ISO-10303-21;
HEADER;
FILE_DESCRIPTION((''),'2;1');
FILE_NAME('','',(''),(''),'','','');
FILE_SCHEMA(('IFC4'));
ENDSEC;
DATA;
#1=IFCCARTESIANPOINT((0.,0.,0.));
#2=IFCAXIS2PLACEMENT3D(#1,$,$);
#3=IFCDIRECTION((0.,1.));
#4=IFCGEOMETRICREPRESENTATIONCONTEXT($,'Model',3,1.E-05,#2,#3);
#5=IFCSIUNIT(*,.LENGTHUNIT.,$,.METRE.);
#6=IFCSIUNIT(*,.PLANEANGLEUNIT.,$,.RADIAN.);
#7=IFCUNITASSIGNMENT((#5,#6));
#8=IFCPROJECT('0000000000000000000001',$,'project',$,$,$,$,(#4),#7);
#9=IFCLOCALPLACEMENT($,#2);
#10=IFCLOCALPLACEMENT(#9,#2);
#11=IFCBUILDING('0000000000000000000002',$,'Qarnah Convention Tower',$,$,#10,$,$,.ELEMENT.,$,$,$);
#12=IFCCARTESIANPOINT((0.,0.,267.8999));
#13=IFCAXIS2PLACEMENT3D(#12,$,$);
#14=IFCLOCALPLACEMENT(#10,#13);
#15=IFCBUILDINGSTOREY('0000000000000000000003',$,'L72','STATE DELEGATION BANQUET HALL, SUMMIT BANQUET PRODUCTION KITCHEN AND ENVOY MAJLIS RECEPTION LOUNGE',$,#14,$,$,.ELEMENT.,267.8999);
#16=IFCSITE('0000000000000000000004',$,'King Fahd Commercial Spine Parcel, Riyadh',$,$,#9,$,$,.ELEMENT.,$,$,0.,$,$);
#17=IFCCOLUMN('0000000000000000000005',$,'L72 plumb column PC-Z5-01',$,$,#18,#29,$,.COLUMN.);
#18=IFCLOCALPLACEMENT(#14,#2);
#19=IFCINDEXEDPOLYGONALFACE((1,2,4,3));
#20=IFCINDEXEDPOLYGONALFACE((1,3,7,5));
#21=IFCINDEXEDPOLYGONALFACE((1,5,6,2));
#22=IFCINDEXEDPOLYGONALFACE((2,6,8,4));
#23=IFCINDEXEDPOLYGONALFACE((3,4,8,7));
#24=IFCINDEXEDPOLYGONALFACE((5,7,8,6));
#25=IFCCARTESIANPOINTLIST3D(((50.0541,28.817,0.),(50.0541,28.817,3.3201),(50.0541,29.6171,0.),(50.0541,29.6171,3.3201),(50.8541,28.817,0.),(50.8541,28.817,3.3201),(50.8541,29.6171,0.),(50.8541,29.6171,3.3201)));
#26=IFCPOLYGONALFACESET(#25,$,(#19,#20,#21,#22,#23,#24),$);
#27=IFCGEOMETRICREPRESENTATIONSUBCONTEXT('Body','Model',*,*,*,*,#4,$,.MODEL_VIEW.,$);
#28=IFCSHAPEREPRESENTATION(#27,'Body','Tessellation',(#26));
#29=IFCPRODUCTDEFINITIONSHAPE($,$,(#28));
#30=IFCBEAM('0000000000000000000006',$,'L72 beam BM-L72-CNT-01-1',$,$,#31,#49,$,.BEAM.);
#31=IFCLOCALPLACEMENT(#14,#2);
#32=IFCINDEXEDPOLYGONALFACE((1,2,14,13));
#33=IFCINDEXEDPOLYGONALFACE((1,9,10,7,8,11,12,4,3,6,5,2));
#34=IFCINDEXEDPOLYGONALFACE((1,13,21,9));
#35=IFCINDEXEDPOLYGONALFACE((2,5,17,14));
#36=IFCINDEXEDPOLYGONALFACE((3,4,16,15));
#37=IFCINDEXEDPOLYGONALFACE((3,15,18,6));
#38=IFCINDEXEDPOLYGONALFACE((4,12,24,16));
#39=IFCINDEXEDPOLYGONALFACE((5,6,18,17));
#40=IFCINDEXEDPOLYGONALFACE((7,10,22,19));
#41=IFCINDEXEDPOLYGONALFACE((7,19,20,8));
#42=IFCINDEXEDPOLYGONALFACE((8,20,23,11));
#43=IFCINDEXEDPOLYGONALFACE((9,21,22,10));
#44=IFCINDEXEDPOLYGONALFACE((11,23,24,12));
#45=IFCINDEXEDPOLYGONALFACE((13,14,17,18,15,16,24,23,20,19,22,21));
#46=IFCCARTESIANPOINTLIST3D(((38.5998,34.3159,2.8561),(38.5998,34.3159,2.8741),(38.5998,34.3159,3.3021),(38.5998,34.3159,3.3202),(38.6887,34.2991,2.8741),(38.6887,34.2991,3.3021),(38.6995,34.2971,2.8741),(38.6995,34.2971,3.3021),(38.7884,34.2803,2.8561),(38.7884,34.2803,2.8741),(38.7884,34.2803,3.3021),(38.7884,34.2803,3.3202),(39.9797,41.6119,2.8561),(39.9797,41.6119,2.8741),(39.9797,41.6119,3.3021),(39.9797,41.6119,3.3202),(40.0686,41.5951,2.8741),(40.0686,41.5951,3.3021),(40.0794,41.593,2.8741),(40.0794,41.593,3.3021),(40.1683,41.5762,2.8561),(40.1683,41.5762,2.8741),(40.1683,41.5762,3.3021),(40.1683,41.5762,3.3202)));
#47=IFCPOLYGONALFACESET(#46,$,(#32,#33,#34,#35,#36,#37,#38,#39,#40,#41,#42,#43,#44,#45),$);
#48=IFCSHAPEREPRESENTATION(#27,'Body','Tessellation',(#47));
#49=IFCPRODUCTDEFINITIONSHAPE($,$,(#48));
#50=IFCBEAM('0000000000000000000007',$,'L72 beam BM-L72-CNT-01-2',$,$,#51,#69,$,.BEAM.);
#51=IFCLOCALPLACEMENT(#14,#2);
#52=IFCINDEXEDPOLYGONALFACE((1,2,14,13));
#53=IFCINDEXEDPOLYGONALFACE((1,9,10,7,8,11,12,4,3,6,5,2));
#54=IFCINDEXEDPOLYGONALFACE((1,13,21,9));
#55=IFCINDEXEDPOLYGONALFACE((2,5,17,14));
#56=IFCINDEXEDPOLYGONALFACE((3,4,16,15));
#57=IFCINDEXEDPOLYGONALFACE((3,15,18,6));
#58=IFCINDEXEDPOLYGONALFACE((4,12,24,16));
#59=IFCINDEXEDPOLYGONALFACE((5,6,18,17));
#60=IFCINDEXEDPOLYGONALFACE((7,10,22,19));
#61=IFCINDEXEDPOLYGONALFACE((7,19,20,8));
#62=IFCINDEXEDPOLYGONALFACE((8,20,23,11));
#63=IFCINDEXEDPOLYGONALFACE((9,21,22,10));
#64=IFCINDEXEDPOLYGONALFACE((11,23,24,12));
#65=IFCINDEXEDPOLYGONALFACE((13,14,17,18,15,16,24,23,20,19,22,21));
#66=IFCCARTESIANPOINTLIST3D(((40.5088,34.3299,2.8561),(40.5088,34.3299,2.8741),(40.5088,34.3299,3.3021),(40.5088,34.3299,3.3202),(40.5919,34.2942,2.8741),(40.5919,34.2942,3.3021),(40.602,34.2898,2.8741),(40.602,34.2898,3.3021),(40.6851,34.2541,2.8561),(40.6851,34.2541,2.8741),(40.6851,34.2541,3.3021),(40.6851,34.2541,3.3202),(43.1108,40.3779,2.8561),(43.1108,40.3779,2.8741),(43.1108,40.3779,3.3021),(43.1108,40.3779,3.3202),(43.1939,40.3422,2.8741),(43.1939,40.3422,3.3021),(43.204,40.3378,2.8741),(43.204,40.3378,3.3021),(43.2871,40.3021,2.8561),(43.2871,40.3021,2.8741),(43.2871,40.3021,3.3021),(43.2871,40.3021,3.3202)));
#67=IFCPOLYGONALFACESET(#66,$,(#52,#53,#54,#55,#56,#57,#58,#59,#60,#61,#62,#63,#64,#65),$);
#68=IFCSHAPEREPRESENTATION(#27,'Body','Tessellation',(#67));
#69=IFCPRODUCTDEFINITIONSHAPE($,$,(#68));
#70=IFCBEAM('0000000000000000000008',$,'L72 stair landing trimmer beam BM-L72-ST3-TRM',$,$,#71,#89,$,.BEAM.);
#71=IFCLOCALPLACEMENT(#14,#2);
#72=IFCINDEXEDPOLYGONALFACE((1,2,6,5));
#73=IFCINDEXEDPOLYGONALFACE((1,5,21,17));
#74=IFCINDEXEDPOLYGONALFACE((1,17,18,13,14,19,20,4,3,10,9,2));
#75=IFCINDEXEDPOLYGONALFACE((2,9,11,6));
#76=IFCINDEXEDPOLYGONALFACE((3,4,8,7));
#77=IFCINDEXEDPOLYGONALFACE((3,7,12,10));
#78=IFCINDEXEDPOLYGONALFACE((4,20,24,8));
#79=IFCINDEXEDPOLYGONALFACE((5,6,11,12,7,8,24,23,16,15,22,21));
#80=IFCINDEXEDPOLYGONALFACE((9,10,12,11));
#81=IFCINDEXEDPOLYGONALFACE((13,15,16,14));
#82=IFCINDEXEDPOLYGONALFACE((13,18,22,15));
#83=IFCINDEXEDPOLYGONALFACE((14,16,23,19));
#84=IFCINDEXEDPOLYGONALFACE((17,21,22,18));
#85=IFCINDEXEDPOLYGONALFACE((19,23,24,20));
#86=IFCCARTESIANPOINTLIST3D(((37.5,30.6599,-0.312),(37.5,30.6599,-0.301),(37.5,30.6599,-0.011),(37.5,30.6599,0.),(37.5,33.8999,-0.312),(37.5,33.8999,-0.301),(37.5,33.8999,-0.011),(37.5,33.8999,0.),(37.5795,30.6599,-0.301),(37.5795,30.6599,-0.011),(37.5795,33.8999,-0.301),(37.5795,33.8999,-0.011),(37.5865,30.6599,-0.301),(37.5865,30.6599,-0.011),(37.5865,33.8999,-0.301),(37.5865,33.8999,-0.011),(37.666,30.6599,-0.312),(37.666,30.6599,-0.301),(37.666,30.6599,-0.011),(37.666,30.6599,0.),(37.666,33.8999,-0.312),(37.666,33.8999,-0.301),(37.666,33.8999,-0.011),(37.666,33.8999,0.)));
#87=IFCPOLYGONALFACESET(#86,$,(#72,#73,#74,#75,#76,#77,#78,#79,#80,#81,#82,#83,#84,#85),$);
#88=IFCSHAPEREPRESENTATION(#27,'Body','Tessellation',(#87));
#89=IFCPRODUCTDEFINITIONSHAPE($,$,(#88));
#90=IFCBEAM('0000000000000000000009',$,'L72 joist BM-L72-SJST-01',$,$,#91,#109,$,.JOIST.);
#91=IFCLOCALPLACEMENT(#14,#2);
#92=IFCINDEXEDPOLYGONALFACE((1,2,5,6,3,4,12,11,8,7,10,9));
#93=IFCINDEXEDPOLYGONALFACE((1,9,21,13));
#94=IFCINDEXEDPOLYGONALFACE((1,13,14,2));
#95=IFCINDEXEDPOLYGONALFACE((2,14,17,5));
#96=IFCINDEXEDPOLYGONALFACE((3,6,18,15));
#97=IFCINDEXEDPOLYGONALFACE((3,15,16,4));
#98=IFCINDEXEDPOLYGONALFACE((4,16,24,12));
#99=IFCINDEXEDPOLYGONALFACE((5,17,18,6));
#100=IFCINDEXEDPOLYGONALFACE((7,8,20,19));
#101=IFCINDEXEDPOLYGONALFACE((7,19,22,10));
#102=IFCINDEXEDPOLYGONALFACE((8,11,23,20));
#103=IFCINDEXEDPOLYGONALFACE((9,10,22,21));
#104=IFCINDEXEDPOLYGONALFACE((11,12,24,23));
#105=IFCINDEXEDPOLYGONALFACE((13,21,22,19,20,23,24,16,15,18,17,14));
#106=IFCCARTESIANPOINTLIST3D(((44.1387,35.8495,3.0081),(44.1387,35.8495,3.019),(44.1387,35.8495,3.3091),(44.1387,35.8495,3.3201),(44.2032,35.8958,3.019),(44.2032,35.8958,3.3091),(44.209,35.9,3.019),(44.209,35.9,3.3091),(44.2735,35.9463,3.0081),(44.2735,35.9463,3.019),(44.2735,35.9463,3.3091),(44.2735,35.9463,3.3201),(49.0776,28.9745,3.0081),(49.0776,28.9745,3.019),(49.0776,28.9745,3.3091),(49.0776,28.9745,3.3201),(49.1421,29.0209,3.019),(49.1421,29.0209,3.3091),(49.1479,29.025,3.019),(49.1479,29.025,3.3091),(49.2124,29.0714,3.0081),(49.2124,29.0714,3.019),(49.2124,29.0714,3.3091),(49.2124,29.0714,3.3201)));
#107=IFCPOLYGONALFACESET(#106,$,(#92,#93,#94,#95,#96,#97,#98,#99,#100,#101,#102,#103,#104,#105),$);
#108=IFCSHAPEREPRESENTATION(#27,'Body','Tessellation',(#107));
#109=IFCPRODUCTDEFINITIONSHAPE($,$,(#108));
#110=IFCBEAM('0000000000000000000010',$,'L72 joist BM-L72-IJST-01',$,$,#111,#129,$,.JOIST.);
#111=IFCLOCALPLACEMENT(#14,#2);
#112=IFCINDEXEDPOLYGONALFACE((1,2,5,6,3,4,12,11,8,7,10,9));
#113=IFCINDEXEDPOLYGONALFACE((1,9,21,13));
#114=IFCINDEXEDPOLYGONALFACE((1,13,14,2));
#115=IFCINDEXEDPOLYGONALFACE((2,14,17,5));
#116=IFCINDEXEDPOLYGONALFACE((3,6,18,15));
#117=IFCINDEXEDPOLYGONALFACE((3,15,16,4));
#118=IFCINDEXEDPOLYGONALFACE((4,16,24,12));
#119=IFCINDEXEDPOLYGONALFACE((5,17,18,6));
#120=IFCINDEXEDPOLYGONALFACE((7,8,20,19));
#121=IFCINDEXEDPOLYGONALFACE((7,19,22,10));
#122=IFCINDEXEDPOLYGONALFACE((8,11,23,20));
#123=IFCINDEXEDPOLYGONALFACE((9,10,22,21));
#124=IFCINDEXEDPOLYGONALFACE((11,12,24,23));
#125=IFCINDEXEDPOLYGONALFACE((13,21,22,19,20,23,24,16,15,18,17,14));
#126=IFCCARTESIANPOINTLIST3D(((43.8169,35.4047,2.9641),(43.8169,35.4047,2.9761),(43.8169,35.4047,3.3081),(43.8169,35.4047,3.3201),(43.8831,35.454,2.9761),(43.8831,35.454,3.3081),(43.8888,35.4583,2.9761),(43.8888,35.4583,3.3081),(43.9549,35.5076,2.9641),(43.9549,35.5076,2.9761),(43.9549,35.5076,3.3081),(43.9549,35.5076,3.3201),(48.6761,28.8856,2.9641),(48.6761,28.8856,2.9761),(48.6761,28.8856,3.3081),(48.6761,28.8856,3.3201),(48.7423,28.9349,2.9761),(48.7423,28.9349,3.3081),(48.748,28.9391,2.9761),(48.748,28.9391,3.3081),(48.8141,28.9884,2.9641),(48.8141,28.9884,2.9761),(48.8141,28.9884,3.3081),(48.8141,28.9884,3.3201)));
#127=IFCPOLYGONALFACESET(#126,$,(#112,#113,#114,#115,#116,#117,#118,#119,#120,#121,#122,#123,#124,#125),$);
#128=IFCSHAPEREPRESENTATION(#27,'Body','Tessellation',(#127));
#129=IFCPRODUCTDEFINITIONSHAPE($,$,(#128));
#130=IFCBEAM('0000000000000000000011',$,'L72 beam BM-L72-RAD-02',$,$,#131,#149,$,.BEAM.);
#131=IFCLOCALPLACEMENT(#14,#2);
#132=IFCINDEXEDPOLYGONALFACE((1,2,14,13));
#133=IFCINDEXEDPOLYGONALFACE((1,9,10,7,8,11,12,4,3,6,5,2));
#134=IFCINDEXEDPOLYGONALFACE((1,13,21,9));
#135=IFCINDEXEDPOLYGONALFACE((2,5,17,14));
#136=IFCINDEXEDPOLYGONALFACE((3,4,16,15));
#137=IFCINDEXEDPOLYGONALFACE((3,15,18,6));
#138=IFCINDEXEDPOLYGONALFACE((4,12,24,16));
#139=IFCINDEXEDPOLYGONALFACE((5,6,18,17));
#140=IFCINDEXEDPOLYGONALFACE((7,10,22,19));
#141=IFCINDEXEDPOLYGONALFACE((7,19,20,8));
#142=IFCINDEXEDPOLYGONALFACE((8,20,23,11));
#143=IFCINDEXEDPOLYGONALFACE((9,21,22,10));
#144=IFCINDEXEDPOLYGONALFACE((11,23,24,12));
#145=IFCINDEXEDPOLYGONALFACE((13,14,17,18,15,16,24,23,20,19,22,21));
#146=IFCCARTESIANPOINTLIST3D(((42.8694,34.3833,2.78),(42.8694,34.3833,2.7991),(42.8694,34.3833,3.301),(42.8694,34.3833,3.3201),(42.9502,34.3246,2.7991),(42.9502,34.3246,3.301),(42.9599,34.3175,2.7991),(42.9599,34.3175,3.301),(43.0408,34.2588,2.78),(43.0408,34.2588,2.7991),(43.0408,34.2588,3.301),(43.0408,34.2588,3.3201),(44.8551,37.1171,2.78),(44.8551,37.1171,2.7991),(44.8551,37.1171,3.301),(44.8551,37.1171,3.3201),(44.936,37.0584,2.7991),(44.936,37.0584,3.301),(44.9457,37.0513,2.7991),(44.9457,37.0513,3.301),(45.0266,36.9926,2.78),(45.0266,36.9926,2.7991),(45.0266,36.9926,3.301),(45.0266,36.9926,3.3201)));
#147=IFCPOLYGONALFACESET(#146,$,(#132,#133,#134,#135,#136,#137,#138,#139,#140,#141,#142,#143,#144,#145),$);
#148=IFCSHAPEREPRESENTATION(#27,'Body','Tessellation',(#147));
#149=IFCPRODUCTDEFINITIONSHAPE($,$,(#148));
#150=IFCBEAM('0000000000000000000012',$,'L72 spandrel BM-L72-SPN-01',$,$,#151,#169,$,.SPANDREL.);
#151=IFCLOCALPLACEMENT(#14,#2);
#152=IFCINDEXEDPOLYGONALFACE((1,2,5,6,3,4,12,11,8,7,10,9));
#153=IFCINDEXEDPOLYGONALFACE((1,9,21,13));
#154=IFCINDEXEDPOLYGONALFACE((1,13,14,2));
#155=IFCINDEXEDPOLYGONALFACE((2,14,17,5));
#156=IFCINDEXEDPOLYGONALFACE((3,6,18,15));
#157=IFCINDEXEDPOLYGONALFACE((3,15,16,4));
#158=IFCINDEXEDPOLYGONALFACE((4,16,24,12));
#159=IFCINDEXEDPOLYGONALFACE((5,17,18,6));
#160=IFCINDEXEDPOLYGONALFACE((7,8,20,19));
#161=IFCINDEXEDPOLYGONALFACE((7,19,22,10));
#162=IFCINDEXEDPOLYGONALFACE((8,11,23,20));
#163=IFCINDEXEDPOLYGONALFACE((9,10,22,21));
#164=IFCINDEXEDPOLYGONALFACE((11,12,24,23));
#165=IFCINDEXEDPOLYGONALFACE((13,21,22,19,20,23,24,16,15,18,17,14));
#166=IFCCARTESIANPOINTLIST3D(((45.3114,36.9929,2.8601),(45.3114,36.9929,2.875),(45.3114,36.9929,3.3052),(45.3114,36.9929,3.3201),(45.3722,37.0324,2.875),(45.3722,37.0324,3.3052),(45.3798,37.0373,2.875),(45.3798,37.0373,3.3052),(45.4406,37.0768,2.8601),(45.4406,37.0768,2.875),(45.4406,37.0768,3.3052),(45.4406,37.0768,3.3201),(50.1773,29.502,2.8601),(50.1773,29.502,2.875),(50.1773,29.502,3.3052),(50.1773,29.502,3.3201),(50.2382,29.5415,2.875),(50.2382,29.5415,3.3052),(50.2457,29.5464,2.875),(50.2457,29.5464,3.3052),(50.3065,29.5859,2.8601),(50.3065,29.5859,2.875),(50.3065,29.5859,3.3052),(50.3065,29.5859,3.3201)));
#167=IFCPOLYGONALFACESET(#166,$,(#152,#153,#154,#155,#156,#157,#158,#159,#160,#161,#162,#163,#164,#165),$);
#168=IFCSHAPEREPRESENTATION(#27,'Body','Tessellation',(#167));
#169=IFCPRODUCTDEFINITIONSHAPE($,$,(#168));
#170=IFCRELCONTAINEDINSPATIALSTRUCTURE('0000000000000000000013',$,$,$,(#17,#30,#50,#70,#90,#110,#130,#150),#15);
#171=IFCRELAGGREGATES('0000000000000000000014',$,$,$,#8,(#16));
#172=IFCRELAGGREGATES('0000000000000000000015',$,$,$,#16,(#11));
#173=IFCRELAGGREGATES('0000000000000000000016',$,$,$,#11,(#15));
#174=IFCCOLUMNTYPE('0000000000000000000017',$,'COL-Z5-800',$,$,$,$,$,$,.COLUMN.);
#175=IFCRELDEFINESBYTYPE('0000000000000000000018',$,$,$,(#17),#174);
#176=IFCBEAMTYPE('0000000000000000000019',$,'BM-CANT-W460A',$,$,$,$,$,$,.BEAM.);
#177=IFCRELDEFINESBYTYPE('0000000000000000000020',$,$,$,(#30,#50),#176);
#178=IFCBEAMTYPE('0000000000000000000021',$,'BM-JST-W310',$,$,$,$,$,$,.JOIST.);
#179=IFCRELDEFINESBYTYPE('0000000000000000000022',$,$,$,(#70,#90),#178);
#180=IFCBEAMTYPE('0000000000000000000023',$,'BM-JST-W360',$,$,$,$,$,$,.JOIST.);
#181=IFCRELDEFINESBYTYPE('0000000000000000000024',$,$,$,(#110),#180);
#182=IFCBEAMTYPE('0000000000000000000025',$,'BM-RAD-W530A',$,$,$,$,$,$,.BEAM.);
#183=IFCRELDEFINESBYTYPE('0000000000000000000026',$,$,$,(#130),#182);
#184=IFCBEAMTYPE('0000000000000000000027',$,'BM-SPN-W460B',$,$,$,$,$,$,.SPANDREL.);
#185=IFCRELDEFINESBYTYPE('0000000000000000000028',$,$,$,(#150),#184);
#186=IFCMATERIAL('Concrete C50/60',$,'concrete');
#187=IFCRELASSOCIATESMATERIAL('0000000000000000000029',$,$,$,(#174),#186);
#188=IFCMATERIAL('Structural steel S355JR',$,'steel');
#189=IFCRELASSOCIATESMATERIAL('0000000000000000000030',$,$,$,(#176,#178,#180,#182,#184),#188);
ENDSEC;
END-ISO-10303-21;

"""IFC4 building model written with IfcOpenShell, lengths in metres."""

from ifc_helpers import new_model, si_unit, direction, frame, origin, origin_2d, place, context, subcontext, project, spatial, rectangle, i_section, extrude, material, material_profile, profile_set, type_object, element, save


model = new_model("IFC4")

# Units and contexts
model_context = context("Model", 3, precision=1e-05, world=origin(), true_north=direction((0.0, 1.0)))
body_context = subcontext(model_context, "Body", "Model", "MODEL_VIEW")
ifc_project = project(units=[si_unit("LENGTHUNIT", "METRE"), si_unit("PLANEANGLEUNIT", "RADIAN")], contexts=[model_context])

# Site, building, storey
site_placement = place(None, origin())
site = spatial("IfcSite", under=ifc_project, at=site_placement, Name="King Fahd Commercial Spine Parcel, Riyadh", CompositionType="ELEMENT", RefElevation=0.0)
building_placement = place(site_placement, origin())
building = spatial("IfcBuilding", under=site, at=building_placement, Name="Qarnah Convention Tower", CompositionType="ELEMENT")
storey_placement = place(building_placement, frame((0.0, 0.0, 267.8999)))
storey = spatial("IfcBuildingStorey", under=building, at=storey_placement, Name="L72", Description="STATE DELEGATION BANQUET HALL, SUMMIT BANQUET PRODUCTION KITCHEN AND ENVOY MAJLIS RECEPTION LOUNGE", CompositionType="ELEMENT", Elevation=267.8999)

# Column
ifc_material_1 = material(Name="Concrete C50/60", Category="concrete")
ifc_material_profile_1 = material_profile(ifc_material_1, rectangle(XDim=0.8, YDim=0.8, at=origin_2d()), Name="RC-COL-800X800")
ifc_profile_set_1 = profile_set([ifc_material_profile_1], Name="Concrete C50/60")
column_type = type_object("IfcColumnType", Name="COL-Z5-800", PredefinedType="COLUMN", material=ifc_profile_set_1)
column_placement = place(storey_placement, frame((50.4541, 29.217, 0.0), z_axis=(0.0, 0.0, 1.0), x_axis=(1.0, 0.0, 0.0)))
element("IfcColumn", 1, at=column_placement, inside=storey, type_object=column_type, Name="L72 plumb column PC-Z5-01", PredefinedType="COLUMN", context=body_context, shape_type="SweptSolid", body=[
    extrude(rectangle(XDim=0.8, YDim=0.8, at=origin_2d()), origin(), (0.0, 0.0, 1.0), 3.3201),
])

# Beams
ifc_material_2 = material(Name="Structural steel S355JR", Category="steel")
ifc_material_profile_2 = material_profile(ifc_material_2, i_section(OverallWidth=0.1919, OverallDepth=0.4641, WebThickness=0.011, FlangeThickness=0.0181, at=origin_2d()), Name="W460X89")
ifc_profile_set_2 = profile_set([ifc_material_profile_2], Name="Structural steel S355JR")
beam_type_1 = type_object("IfcBeamType", Name="BM-CANT-W460A", PredefinedType="BEAM", material=ifc_profile_set_2)
beam_1_placement = place(storey_placement, frame((38.6941, 34.2981, 3.0881), z_axis=(0.185837, 0.982581, 0.0), x_axis=(-0.982581, 0.185837, 0.0)))
element("IfcBeam", 2, at=beam_1_placement, inside=storey, type_object=beam_type_1, Name="L72 beam BM-L72-CNT-01-1", PredefinedType="BEAM", context=body_context, shape_type="SweptSolid", body=[
    extrude(i_section(OverallWidth=0.1919, OverallDepth=0.4641, WebThickness=0.011, FlangeThickness=0.0181, at=origin_2d()), origin(), (0.0, 0.0, 1.0), 7.4253),
])
beam_2_placement = place(storey_placement, frame((40.5969, 34.292, 3.0881), z_axis=(0.395203, 0.918594, 0.0), x_axis=(-0.918594, 0.395203, 0.0)))
element("IfcBeam", 3, at=beam_2_placement, inside=storey, type_object=beam_type_1, Name="L72 beam BM-L72-CNT-01-2", PredefinedType="BEAM", context=body_context, shape_type="SweptSolid", body=[
    extrude(i_section(OverallWidth=0.1919, OverallDepth=0.4641, WebThickness=0.011, FlangeThickness=0.0181, at=origin_2d()), origin(), (0.0, 0.0, 1.0), 6.584),
])
ifc_material_profile_3 = material_profile(ifc_material_2, i_section(OverallWidth=0.166, OverallDepth=0.312, WebThickness=0.0071, FlangeThickness=0.011, at=origin_2d()), Name="W310X45")
ifc_profile_set_3 = profile_set([ifc_material_profile_3], Name="Structural steel S355JR")
beam_type_2 = type_object("IfcBeamType", Name="BM-JST-W310", PredefinedType="JOIST", material=ifc_profile_set_3)
beam_3_placement = place(storey_placement, frame((37.583, 30.6599, -0.156), z_axis=(0.0, 1.0, 0.0), x_axis=(-1.0, 0.0, 0.0)))
element("IfcBeam", 4, at=beam_3_placement, inside=storey, type_object=beam_type_2, Name="L72 stair landing trimmer beam BM-L72-ST3-TRM", PredefinedType="BEAM", context=body_context, shape_type="SweptSolid", body=[
    extrude(i_section(OverallWidth=0.166, OverallDepth=0.312, WebThickness=0.0071, FlangeThickness=0.011, at=origin_2d()), origin(), (0.0, 0.0, 1.0), 3.24),
])
beam_4_placement = place(storey_placement, frame((49.145, 29.0229, 3.1641), z_axis=(-0.583446, 0.812152, 0.0), x_axis=(-0.812152, -0.583446, 0.0)))
element("IfcBeam", 5, at=beam_4_placement, inside=storey, type_object=beam_type_2, Name="L72 joist BM-L72-SJST-01", PredefinedType="JOIST", context=body_context, shape_type="SweptSolid", body=[
    extrude(i_section(OverallWidth=0.166, OverallDepth=0.312, WebThickness=0.0071, FlangeThickness=0.011, at=origin_2d()), origin(), (0.0, 0.0, 1.0), 8.4651),
])
ifc_material_profile_4 = material_profile(ifc_material_2, i_section(OverallWidth=0.1721, OverallDepth=0.356, WebThickness=0.0071, FlangeThickness=0.012, at=origin_2d()), Name="W360X51")
ifc_profile_set_4 = profile_set([ifc_material_profile_4], Name="Structural steel S355JR")
beam_type_3 = type_object("IfcBeamType", Name="BM-JST-W360", PredefinedType="JOIST", material=ifc_profile_set_4)
beam_5_placement = place(storey_placement, frame((48.7451, 28.937, 3.1421), z_axis=(-0.597624, 0.801776, 0.0), x_axis=(-0.801776, -0.597624, 0.0)))
element("IfcBeam", 6, at=beam_5_placement, inside=storey, type_object=beam_type_3, Name="L72 joist BM-L72-IJST-01", PredefinedType="JOIST", context=body_context, shape_type="SweptSolid", body=[
    extrude(i_section(OverallWidth=0.1721, OverallDepth=0.356, WebThickness=0.0071, FlangeThickness=0.012, at=origin_2d()), origin(), (0.0, 0.0, 1.0), 8.1309),
])
ifc_material_profile_5 = material_profile(ifc_material_2, i_section(OverallWidth=0.2119, OverallDepth=0.54, WebThickness=0.012, FlangeThickness=0.019, at=origin_2d()), Name="W530X109")
ifc_profile_set_5 = profile_set([ifc_material_profile_5], Name="Structural steel S355JR")
beam_type_4 = type_object("IfcBeamType", Name="BM-RAD-W530A", PredefinedType="BEAM", material=ifc_profile_set_5)
beam_6_placement = place(storey_placement, frame((42.9551, 34.321, 3.05), z_axis=(0.587699, 0.80908, 0.0), x_axis=(-0.80908, 0.587699, 0.0)))
element("IfcBeam", 7, at=beam_6_placement, inside=storey, type_object=beam_type_4, Name="L72 beam BM-L72-RAD-02", PredefinedType="BEAM", context=body_context, shape_type="SweptSolid", body=[
    extrude(i_section(OverallWidth=0.2119, OverallDepth=0.54, WebThickness=0.012, FlangeThickness=0.019, at=origin_2d()), origin(), (0.0, 0.0, 1.0), 3.3789),
])
ifc_material_profile_6 = material_profile(ifc_material_2, i_section(OverallWidth=0.1541, OverallDepth=0.46, WebThickness=0.009, FlangeThickness=0.0149, at=origin_2d()), Name="W460X68")
ifc_profile_set_6 = profile_set([ifc_material_profile_6], Name="Structural steel S355JR")
beam_type_5 = type_object("IfcBeamType", Name="BM-SPN-W460B", PredefinedType="SPANDREL", material=ifc_profile_set_6)
beam_7_placement = place(storey_placement, frame((50.2419, 29.5439, 3.0901), z_axis=(-0.54474, 0.838605, 0.0), x_axis=(-0.838605, -0.54474, 0.0)))
element("IfcBeam", 8, at=beam_7_placement, inside=storey, type_object=beam_type_5, Name="L72 spandrel BM-L72-SPN-01", PredefinedType="SPANDREL", context=body_context, shape_type="SweptSolid", body=[
    extrude(i_section(OverallWidth=0.1541, OverallDepth=0.46, WebThickness=0.009, FlangeThickness=0.0149, at=origin_2d()), origin(), (0.0, 0.0, 1.0), 8.9326),
])

save(model, "model.ifc")
